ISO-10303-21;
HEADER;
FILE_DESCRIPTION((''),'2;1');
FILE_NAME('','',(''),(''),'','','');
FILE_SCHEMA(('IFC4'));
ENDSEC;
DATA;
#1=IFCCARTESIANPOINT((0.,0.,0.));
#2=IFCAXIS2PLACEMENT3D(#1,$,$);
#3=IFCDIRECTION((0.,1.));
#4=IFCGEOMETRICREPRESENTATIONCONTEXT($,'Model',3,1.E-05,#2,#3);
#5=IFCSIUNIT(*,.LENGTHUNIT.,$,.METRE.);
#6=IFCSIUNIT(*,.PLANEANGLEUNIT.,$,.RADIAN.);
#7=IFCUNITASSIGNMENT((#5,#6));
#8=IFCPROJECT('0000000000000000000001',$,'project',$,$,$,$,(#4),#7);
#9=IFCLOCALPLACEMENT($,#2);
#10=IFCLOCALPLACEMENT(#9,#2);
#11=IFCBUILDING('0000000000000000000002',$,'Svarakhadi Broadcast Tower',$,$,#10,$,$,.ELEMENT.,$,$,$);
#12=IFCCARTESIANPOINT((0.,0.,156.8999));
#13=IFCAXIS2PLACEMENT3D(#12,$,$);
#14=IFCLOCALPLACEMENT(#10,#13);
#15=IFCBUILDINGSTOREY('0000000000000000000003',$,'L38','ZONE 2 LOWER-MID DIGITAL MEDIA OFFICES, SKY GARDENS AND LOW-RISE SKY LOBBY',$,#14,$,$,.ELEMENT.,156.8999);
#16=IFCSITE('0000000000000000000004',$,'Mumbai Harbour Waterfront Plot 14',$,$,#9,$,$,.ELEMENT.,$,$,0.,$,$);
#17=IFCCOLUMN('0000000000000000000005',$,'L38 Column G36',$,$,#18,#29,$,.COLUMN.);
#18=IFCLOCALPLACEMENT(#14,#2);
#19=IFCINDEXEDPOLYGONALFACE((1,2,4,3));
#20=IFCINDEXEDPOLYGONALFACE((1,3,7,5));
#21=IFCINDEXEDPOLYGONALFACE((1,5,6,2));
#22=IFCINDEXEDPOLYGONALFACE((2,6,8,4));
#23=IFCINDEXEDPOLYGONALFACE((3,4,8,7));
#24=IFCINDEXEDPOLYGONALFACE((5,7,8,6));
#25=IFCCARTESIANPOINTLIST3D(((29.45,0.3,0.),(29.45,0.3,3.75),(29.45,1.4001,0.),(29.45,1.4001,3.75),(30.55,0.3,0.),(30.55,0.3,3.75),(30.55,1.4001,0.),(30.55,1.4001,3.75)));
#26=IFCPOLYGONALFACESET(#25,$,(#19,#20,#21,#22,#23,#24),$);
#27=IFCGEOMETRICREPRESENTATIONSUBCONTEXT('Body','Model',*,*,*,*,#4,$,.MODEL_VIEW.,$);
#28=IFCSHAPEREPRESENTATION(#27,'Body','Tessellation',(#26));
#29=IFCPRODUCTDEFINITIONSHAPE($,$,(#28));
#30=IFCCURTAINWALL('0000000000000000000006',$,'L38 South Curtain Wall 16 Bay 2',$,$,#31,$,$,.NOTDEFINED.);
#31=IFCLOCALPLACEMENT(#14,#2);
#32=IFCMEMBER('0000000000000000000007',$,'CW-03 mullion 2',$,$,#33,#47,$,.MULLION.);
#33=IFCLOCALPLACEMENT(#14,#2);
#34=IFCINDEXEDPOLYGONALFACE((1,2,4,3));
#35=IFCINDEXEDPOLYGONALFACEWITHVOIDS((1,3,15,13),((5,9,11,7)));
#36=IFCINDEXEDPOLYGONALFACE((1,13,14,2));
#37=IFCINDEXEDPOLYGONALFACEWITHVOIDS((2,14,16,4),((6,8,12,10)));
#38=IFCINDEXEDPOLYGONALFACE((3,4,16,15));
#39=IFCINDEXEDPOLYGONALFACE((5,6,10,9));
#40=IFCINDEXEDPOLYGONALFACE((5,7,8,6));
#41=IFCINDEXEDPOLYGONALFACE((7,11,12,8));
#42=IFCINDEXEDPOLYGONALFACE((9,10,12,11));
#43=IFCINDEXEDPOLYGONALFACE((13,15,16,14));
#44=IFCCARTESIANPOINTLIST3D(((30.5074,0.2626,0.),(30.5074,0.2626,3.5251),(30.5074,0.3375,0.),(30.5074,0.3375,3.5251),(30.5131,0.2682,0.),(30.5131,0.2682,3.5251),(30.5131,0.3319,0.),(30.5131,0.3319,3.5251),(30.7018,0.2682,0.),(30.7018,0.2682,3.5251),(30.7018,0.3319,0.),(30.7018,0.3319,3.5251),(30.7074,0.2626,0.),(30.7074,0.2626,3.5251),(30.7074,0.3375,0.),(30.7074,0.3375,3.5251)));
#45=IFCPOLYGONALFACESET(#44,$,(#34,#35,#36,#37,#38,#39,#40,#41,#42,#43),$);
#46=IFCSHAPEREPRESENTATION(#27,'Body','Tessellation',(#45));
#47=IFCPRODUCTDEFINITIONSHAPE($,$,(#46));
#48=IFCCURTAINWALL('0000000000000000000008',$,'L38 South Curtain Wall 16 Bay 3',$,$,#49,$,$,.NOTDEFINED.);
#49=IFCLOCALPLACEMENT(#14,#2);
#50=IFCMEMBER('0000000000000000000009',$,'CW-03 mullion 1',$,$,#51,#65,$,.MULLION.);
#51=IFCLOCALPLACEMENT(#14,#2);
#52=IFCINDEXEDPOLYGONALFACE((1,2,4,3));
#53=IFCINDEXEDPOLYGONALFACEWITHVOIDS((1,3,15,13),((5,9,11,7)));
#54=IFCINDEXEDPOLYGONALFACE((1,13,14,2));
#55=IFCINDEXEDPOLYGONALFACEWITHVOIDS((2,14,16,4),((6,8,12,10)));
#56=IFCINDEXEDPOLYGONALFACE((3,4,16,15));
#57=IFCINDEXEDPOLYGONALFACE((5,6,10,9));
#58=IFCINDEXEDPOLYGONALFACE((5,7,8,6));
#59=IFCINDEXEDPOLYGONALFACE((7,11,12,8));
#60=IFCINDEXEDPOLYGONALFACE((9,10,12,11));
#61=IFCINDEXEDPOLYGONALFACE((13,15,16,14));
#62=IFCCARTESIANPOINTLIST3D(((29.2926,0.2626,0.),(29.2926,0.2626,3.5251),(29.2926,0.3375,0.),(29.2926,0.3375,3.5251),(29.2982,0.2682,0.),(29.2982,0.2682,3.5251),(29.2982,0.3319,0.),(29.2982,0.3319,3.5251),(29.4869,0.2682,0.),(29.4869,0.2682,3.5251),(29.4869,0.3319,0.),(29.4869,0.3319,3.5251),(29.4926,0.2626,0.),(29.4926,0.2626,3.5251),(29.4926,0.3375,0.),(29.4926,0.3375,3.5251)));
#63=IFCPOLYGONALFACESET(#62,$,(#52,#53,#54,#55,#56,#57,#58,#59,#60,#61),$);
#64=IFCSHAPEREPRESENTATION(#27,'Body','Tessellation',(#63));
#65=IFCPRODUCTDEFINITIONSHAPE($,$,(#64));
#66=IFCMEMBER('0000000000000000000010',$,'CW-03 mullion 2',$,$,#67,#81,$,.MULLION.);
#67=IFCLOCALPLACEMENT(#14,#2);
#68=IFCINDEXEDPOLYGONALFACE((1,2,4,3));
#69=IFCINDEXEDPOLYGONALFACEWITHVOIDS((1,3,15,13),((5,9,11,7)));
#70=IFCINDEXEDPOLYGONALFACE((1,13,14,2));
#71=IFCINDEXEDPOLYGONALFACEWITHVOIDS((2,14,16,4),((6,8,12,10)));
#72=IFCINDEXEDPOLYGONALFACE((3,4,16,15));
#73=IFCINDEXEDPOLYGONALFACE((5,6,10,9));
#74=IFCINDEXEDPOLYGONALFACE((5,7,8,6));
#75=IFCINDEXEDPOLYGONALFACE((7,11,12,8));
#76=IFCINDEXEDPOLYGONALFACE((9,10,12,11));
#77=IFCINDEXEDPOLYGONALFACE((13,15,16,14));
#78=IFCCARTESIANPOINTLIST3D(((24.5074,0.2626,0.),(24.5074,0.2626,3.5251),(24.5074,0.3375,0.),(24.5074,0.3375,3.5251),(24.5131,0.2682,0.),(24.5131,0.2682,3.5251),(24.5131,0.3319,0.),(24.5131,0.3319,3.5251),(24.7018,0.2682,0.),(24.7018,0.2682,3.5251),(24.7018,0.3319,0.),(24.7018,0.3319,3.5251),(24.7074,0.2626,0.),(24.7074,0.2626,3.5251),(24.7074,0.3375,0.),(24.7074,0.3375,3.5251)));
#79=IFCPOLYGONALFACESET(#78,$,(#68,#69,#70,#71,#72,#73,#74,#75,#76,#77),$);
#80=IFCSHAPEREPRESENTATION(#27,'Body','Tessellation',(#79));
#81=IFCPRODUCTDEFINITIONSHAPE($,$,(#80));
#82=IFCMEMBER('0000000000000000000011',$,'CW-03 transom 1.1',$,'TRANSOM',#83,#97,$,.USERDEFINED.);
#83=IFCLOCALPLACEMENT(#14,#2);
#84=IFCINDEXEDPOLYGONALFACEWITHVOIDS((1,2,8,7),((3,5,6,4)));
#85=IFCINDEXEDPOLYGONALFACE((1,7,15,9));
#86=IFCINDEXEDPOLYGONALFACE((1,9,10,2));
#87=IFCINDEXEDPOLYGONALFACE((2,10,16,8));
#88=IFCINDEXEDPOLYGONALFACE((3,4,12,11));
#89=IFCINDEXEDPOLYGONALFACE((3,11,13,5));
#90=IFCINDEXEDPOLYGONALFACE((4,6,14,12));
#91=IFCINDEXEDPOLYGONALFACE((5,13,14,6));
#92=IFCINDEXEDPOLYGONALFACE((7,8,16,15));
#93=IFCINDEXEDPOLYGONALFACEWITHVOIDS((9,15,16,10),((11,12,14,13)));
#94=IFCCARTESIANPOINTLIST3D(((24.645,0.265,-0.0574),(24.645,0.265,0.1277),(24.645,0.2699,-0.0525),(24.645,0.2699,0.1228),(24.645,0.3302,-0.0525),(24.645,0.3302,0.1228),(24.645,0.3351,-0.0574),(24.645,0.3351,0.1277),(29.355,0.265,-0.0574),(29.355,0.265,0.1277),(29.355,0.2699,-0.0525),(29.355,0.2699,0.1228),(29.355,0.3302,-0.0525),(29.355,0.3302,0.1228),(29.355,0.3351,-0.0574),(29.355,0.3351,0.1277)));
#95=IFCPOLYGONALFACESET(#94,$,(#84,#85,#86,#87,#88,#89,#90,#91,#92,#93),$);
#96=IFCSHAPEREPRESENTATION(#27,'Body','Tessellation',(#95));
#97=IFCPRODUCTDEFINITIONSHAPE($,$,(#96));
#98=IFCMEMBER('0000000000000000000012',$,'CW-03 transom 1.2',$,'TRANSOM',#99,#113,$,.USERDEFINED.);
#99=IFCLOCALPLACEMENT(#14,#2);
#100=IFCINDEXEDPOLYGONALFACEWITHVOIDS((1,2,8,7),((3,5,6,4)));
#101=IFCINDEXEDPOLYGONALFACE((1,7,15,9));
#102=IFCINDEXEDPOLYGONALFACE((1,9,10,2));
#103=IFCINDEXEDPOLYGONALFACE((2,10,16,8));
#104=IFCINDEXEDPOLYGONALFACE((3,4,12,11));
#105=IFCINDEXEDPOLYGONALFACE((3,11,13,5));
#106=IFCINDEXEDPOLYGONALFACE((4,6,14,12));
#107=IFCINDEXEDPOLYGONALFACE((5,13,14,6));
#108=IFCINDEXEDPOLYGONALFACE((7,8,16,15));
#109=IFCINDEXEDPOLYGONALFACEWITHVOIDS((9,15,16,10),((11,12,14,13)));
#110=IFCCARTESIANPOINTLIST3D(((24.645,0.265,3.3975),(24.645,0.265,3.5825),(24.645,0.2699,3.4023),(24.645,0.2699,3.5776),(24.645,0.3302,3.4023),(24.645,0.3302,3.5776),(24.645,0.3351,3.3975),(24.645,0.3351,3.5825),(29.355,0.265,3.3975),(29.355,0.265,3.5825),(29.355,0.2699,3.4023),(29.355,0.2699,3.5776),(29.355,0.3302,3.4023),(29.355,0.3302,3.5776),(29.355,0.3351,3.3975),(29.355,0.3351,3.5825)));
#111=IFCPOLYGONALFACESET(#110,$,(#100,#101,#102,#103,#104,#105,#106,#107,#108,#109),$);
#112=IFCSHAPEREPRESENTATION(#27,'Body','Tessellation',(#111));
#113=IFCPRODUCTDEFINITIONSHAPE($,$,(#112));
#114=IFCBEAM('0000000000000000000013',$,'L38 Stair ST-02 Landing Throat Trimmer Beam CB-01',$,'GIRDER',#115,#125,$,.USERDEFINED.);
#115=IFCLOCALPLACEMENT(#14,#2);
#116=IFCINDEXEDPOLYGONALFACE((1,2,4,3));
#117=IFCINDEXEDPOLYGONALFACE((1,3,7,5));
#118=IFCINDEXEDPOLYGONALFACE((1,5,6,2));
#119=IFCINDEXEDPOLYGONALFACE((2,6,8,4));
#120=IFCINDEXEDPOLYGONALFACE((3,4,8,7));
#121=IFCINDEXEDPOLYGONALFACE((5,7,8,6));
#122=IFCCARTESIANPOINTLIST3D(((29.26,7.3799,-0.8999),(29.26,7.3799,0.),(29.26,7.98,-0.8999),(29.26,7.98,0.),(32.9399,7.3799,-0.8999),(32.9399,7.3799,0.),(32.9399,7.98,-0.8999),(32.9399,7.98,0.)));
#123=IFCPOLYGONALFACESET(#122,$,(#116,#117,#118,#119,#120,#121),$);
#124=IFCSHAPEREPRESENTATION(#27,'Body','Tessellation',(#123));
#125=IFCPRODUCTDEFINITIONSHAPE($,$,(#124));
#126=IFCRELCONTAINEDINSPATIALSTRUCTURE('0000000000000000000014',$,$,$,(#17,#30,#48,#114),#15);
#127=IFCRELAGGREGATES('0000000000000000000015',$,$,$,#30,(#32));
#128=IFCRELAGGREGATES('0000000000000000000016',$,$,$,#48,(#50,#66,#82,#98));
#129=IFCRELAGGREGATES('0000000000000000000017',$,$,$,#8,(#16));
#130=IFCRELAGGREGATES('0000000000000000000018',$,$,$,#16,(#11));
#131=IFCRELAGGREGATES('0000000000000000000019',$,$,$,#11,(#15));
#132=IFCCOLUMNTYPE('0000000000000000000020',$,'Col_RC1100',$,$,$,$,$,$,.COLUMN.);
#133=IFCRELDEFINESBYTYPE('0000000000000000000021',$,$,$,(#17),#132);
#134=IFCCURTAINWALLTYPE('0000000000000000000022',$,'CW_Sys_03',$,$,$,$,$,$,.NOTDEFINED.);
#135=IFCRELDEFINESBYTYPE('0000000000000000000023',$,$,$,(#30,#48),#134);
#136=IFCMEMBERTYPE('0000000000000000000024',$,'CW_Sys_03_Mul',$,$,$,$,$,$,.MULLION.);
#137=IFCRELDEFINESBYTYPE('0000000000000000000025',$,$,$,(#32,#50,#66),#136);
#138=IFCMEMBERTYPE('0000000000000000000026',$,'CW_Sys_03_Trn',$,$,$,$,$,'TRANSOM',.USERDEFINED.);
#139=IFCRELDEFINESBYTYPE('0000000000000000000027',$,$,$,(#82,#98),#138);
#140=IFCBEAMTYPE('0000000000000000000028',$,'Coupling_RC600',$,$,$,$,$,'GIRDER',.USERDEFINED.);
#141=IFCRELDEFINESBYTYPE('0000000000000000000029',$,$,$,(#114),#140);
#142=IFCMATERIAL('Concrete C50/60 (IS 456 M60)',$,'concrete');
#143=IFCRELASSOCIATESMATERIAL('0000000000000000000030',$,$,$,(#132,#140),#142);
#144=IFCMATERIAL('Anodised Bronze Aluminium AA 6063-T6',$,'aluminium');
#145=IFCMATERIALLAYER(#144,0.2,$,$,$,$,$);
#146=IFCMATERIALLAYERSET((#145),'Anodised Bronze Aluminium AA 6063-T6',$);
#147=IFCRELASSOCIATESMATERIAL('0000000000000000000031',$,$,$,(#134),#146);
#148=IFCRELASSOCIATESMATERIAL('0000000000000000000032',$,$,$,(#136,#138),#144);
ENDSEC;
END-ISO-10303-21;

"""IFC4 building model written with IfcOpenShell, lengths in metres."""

from ifc_helpers import new_model, si_unit, direction, frame, origin, origin_2d, place, context, subcontext, project, spatial, rectangle, hollow_rectangle, extrude, material, layer, layer_set, material_profile, profile_set, type_object, element, aggregate, save


model = new_model("IFC4")

# Units and contexts
model_context = context("Model", 3, precision=1e-05, world=origin(), true_north=direction((0.0, 1.0)))
body_context = subcontext(model_context, "Body", "Model", "MODEL_VIEW")
ifc_project = project(units=[si_unit("LENGTHUNIT", "METRE"), si_unit("PLANEANGLEUNIT", "RADIAN")], contexts=[model_context])

# Site, building, storey
site_placement = place(None, origin())
site = spatial("IfcSite", under=ifc_project, at=site_placement, Name="Mumbai Harbour Waterfront Plot 14", CompositionType="ELEMENT", RefElevation=0.0)
building_placement = place(site_placement, origin())
building = spatial("IfcBuilding", under=site, at=building_placement, Name="Svarakhadi Broadcast Tower", CompositionType="ELEMENT")
storey_placement = place(building_placement, frame((0.0, 0.0, 156.8999)))
storey = spatial("IfcBuildingStorey", under=building, at=storey_placement, Name="L38", Description="ZONE 2 LOWER-MID DIGITAL MEDIA OFFICES, SKY GARDENS AND LOW-RISE SKY LOBBY", CompositionType="ELEMENT", Elevation=156.8999)

# Column
ifc_material_1 = material(Name="Concrete C50/60 (IS 456 M60)", Category="concrete")
ifc_material_profile_1 = material_profile(ifc_material_1, rectangle(XDim=1.1001, YDim=1.1001, at=origin_2d()), Name="RC 1100x1100")
ifc_profile_set_1 = profile_set([ifc_material_profile_1], Name="Concrete C50/60 (IS 456 M60)")
column_type = type_object("IfcColumnType", Name="Col_RC1100", PredefinedType="COLUMN", material=ifc_profile_set_1)
column_placement = place(storey_placement, frame((30.0, 0.8501, 0.0), z_axis=(0.0, 0.0, 1.0), x_axis=(1.0, 0.0, 0.0)))
element("IfcColumn", 1, at=column_placement, inside=storey, type_object=column_type, Name="L38 Column G36", PredefinedType="COLUMN", context=body_context, shape_type="SweptSolid", body=[
    extrude(rectangle(XDim=1.1001, YDim=1.1001, at=origin_2d()), origin(), (0.0, 0.0, 1.0), 3.75),
])

# Curtain wall, member
ifc_material_2 = material(Name="Anodised Bronze Aluminium AA 6063-T6", Category="aluminium")
ifc_layer_1 = layer(ifc_material_2, 0.2)
ifc_layer_set_1 = layer_set([ifc_layer_1], Name="Anodised Bronze Aluminium AA 6063-T6")
curtain_wall_type = type_object("IfcCurtainWallType", Name="CW_Sys_03", PredefinedType="NOTDEFINED", material=ifc_layer_set_1)
curtain_wall_1_placement = place(storey_placement, origin())
curtain_wall_1 = element("IfcCurtainWall", 2, at=curtain_wall_1_placement, inside=storey, type_object=curtain_wall_type, Name="L38 South Curtain Wall 16 Bay 2", PredefinedType="NOTDEFINED")
ifc_material_profile_2 = material_profile(ifc_material_2, hollow_rectangle(XDim=0.075, YDim=0.2, WallThickness=0.0056, at=origin_2d()), Name="ALU MULLION 200x75x6")
ifc_profile_set_2 = profile_set([ifc_material_profile_2], Name="Anodised Bronze Aluminium AA 6063-T6")
member_type_1 = type_object("IfcMemberType", Name="CW_Sys_03_Mul", PredefinedType="MULLION", material=ifc_profile_set_2)
member_1_placement = place(storey_placement, frame((30.6074, 0.3, 0.0), z_axis=(0.0, 0.0, 1.0), x_axis=(0.0, -1.0, 0.0)))
member_1 = element("IfcMember", 3, at=member_1_placement, type_object=member_type_1, Name="CW-03 mullion 2", PredefinedType="MULLION", context=body_context, shape_type="SweptSolid", body=[
    extrude(hollow_rectangle(XDim=0.075, YDim=0.2, WallThickness=0.0056, at=origin_2d()), origin(), (0.0, 0.0, 1.0), 3.5251),
])

# Curtain wall, members
curtain_wall_2_placement = place(storey_placement, origin())
curtain_wall_2 = element("IfcCurtainWall", 4, at=curtain_wall_2_placement, inside=storey, type_object=curtain_wall_type, Name="L38 South Curtain Wall 16 Bay 3", PredefinedType="NOTDEFINED")
member_2_placement = place(storey_placement, frame((29.3926, 0.3, 0.0), z_axis=(0.0, 0.0, 1.0), x_axis=(0.0, -1.0, 0.0)))
member_2 = element("IfcMember", 5, at=member_2_placement, type_object=member_type_1, Name="CW-03 mullion 1", PredefinedType="MULLION", context=body_context, shape_type="SweptSolid", body=[
    extrude(hollow_rectangle(XDim=0.075, YDim=0.2, WallThickness=0.0056, at=origin_2d()), origin(), (0.0, 0.0, 1.0), 3.5251),
])
member_3_placement = place(storey_placement, frame((24.6074, 0.3, 0.0), z_axis=(0.0, 0.0, 1.0), x_axis=(0.0, -1.0, 0.0)))
member_3 = element("IfcMember", 6, at=member_3_placement, type_object=member_type_1, Name="CW-03 mullion 2", PredefinedType="MULLION", context=body_context, shape_type="SweptSolid", body=[
    extrude(hollow_rectangle(XDim=0.075, YDim=0.2, WallThickness=0.0056, at=origin_2d()), origin(), (0.0, 0.0, 1.0), 3.5251),
])
ifc_material_profile_3 = material_profile(ifc_material_2, hollow_rectangle(XDim=0.0701, YDim=0.1851, WallThickness=0.0049, at=origin_2d()), Name="ALU TRANSOM 185x70x5")
ifc_profile_set_3 = profile_set([ifc_material_profile_3], Name="Anodised Bronze Aluminium AA 6063-T6")
member_type_2 = type_object("IfcMemberType", Name="CW_Sys_03_Trn", ElementType="TRANSOM", PredefinedType="USERDEFINED", material=ifc_profile_set_3)
member_4_placement = place(storey_placement, frame((29.355, 0.3, 0.0352), z_axis=(-1.0, 0.0, 0.0), x_axis=(0.0, -1.0, 0.0)))
member_4 = element("IfcMember", 7, at=member_4_placement, type_object=member_type_2, Name="CW-03 transom 1.1", ObjectType="TRANSOM", PredefinedType="USERDEFINED", context=body_context, shape_type="SweptSolid", body=[
    extrude(hollow_rectangle(XDim=0.0701, YDim=0.1851, WallThickness=0.0049, at=origin_2d()), origin(), (0.0, 0.0, 1.0), 4.71),
])
member_5_placement = place(storey_placement, frame((29.355, 0.3, 3.49), z_axis=(-1.0, 0.0, 0.0), x_axis=(0.0, -1.0, 0.0)))
member_5 = element("IfcMember", 8, at=member_5_placement, type_object=member_type_2, Name="CW-03 transom 1.2", ObjectType="TRANSOM", PredefinedType="USERDEFINED", context=body_context, shape_type="SweptSolid", body=[
    extrude(hollow_rectangle(XDim=0.0701, YDim=0.1851, WallThickness=0.0049, at=origin_2d()), origin(), (0.0, 0.0, 1.0), 4.71),
])

# Beam
ifc_material_profile_4 = material_profile(ifc_material_1, rectangle(XDim=0.6001, YDim=0.8999, at=origin_2d()), Name="RC 600x900")
ifc_profile_set_4 = profile_set([ifc_material_profile_4], Name="Concrete C50/60 (IS 456 M60)")
beam_type_1 = type_object("IfcBeamType", Name="Coupling_RC600", ElementType="GIRDER", PredefinedType="USERDEFINED", material=ifc_profile_set_4)
beam_1_placement = place(storey_placement, frame((29.26, 7.6799, -0.45), z_axis=(1.0, 0.0, 0.0), x_axis=(0.0, 1.0, 0.0)))
element("IfcBeam", 9, at=beam_1_placement, inside=storey, type_object=beam_type_1, Name="L38 Stair ST-02 Landing Throat Trimmer Beam CB-01", ObjectType="GIRDER", PredefinedType="USERDEFINED", context=body_context, shape_type="SweptSolid", body=[
    extrude(rectangle(XDim=0.6001, YDim=0.8999, at=origin_2d()), origin(), (0.0, 0.0, 1.0), 3.6799),
])

aggregate(curtain_wall_1, [member_1])
aggregate(curtain_wall_2, [member_2, member_3, member_4, member_5])

save(model, "model.ifc")
